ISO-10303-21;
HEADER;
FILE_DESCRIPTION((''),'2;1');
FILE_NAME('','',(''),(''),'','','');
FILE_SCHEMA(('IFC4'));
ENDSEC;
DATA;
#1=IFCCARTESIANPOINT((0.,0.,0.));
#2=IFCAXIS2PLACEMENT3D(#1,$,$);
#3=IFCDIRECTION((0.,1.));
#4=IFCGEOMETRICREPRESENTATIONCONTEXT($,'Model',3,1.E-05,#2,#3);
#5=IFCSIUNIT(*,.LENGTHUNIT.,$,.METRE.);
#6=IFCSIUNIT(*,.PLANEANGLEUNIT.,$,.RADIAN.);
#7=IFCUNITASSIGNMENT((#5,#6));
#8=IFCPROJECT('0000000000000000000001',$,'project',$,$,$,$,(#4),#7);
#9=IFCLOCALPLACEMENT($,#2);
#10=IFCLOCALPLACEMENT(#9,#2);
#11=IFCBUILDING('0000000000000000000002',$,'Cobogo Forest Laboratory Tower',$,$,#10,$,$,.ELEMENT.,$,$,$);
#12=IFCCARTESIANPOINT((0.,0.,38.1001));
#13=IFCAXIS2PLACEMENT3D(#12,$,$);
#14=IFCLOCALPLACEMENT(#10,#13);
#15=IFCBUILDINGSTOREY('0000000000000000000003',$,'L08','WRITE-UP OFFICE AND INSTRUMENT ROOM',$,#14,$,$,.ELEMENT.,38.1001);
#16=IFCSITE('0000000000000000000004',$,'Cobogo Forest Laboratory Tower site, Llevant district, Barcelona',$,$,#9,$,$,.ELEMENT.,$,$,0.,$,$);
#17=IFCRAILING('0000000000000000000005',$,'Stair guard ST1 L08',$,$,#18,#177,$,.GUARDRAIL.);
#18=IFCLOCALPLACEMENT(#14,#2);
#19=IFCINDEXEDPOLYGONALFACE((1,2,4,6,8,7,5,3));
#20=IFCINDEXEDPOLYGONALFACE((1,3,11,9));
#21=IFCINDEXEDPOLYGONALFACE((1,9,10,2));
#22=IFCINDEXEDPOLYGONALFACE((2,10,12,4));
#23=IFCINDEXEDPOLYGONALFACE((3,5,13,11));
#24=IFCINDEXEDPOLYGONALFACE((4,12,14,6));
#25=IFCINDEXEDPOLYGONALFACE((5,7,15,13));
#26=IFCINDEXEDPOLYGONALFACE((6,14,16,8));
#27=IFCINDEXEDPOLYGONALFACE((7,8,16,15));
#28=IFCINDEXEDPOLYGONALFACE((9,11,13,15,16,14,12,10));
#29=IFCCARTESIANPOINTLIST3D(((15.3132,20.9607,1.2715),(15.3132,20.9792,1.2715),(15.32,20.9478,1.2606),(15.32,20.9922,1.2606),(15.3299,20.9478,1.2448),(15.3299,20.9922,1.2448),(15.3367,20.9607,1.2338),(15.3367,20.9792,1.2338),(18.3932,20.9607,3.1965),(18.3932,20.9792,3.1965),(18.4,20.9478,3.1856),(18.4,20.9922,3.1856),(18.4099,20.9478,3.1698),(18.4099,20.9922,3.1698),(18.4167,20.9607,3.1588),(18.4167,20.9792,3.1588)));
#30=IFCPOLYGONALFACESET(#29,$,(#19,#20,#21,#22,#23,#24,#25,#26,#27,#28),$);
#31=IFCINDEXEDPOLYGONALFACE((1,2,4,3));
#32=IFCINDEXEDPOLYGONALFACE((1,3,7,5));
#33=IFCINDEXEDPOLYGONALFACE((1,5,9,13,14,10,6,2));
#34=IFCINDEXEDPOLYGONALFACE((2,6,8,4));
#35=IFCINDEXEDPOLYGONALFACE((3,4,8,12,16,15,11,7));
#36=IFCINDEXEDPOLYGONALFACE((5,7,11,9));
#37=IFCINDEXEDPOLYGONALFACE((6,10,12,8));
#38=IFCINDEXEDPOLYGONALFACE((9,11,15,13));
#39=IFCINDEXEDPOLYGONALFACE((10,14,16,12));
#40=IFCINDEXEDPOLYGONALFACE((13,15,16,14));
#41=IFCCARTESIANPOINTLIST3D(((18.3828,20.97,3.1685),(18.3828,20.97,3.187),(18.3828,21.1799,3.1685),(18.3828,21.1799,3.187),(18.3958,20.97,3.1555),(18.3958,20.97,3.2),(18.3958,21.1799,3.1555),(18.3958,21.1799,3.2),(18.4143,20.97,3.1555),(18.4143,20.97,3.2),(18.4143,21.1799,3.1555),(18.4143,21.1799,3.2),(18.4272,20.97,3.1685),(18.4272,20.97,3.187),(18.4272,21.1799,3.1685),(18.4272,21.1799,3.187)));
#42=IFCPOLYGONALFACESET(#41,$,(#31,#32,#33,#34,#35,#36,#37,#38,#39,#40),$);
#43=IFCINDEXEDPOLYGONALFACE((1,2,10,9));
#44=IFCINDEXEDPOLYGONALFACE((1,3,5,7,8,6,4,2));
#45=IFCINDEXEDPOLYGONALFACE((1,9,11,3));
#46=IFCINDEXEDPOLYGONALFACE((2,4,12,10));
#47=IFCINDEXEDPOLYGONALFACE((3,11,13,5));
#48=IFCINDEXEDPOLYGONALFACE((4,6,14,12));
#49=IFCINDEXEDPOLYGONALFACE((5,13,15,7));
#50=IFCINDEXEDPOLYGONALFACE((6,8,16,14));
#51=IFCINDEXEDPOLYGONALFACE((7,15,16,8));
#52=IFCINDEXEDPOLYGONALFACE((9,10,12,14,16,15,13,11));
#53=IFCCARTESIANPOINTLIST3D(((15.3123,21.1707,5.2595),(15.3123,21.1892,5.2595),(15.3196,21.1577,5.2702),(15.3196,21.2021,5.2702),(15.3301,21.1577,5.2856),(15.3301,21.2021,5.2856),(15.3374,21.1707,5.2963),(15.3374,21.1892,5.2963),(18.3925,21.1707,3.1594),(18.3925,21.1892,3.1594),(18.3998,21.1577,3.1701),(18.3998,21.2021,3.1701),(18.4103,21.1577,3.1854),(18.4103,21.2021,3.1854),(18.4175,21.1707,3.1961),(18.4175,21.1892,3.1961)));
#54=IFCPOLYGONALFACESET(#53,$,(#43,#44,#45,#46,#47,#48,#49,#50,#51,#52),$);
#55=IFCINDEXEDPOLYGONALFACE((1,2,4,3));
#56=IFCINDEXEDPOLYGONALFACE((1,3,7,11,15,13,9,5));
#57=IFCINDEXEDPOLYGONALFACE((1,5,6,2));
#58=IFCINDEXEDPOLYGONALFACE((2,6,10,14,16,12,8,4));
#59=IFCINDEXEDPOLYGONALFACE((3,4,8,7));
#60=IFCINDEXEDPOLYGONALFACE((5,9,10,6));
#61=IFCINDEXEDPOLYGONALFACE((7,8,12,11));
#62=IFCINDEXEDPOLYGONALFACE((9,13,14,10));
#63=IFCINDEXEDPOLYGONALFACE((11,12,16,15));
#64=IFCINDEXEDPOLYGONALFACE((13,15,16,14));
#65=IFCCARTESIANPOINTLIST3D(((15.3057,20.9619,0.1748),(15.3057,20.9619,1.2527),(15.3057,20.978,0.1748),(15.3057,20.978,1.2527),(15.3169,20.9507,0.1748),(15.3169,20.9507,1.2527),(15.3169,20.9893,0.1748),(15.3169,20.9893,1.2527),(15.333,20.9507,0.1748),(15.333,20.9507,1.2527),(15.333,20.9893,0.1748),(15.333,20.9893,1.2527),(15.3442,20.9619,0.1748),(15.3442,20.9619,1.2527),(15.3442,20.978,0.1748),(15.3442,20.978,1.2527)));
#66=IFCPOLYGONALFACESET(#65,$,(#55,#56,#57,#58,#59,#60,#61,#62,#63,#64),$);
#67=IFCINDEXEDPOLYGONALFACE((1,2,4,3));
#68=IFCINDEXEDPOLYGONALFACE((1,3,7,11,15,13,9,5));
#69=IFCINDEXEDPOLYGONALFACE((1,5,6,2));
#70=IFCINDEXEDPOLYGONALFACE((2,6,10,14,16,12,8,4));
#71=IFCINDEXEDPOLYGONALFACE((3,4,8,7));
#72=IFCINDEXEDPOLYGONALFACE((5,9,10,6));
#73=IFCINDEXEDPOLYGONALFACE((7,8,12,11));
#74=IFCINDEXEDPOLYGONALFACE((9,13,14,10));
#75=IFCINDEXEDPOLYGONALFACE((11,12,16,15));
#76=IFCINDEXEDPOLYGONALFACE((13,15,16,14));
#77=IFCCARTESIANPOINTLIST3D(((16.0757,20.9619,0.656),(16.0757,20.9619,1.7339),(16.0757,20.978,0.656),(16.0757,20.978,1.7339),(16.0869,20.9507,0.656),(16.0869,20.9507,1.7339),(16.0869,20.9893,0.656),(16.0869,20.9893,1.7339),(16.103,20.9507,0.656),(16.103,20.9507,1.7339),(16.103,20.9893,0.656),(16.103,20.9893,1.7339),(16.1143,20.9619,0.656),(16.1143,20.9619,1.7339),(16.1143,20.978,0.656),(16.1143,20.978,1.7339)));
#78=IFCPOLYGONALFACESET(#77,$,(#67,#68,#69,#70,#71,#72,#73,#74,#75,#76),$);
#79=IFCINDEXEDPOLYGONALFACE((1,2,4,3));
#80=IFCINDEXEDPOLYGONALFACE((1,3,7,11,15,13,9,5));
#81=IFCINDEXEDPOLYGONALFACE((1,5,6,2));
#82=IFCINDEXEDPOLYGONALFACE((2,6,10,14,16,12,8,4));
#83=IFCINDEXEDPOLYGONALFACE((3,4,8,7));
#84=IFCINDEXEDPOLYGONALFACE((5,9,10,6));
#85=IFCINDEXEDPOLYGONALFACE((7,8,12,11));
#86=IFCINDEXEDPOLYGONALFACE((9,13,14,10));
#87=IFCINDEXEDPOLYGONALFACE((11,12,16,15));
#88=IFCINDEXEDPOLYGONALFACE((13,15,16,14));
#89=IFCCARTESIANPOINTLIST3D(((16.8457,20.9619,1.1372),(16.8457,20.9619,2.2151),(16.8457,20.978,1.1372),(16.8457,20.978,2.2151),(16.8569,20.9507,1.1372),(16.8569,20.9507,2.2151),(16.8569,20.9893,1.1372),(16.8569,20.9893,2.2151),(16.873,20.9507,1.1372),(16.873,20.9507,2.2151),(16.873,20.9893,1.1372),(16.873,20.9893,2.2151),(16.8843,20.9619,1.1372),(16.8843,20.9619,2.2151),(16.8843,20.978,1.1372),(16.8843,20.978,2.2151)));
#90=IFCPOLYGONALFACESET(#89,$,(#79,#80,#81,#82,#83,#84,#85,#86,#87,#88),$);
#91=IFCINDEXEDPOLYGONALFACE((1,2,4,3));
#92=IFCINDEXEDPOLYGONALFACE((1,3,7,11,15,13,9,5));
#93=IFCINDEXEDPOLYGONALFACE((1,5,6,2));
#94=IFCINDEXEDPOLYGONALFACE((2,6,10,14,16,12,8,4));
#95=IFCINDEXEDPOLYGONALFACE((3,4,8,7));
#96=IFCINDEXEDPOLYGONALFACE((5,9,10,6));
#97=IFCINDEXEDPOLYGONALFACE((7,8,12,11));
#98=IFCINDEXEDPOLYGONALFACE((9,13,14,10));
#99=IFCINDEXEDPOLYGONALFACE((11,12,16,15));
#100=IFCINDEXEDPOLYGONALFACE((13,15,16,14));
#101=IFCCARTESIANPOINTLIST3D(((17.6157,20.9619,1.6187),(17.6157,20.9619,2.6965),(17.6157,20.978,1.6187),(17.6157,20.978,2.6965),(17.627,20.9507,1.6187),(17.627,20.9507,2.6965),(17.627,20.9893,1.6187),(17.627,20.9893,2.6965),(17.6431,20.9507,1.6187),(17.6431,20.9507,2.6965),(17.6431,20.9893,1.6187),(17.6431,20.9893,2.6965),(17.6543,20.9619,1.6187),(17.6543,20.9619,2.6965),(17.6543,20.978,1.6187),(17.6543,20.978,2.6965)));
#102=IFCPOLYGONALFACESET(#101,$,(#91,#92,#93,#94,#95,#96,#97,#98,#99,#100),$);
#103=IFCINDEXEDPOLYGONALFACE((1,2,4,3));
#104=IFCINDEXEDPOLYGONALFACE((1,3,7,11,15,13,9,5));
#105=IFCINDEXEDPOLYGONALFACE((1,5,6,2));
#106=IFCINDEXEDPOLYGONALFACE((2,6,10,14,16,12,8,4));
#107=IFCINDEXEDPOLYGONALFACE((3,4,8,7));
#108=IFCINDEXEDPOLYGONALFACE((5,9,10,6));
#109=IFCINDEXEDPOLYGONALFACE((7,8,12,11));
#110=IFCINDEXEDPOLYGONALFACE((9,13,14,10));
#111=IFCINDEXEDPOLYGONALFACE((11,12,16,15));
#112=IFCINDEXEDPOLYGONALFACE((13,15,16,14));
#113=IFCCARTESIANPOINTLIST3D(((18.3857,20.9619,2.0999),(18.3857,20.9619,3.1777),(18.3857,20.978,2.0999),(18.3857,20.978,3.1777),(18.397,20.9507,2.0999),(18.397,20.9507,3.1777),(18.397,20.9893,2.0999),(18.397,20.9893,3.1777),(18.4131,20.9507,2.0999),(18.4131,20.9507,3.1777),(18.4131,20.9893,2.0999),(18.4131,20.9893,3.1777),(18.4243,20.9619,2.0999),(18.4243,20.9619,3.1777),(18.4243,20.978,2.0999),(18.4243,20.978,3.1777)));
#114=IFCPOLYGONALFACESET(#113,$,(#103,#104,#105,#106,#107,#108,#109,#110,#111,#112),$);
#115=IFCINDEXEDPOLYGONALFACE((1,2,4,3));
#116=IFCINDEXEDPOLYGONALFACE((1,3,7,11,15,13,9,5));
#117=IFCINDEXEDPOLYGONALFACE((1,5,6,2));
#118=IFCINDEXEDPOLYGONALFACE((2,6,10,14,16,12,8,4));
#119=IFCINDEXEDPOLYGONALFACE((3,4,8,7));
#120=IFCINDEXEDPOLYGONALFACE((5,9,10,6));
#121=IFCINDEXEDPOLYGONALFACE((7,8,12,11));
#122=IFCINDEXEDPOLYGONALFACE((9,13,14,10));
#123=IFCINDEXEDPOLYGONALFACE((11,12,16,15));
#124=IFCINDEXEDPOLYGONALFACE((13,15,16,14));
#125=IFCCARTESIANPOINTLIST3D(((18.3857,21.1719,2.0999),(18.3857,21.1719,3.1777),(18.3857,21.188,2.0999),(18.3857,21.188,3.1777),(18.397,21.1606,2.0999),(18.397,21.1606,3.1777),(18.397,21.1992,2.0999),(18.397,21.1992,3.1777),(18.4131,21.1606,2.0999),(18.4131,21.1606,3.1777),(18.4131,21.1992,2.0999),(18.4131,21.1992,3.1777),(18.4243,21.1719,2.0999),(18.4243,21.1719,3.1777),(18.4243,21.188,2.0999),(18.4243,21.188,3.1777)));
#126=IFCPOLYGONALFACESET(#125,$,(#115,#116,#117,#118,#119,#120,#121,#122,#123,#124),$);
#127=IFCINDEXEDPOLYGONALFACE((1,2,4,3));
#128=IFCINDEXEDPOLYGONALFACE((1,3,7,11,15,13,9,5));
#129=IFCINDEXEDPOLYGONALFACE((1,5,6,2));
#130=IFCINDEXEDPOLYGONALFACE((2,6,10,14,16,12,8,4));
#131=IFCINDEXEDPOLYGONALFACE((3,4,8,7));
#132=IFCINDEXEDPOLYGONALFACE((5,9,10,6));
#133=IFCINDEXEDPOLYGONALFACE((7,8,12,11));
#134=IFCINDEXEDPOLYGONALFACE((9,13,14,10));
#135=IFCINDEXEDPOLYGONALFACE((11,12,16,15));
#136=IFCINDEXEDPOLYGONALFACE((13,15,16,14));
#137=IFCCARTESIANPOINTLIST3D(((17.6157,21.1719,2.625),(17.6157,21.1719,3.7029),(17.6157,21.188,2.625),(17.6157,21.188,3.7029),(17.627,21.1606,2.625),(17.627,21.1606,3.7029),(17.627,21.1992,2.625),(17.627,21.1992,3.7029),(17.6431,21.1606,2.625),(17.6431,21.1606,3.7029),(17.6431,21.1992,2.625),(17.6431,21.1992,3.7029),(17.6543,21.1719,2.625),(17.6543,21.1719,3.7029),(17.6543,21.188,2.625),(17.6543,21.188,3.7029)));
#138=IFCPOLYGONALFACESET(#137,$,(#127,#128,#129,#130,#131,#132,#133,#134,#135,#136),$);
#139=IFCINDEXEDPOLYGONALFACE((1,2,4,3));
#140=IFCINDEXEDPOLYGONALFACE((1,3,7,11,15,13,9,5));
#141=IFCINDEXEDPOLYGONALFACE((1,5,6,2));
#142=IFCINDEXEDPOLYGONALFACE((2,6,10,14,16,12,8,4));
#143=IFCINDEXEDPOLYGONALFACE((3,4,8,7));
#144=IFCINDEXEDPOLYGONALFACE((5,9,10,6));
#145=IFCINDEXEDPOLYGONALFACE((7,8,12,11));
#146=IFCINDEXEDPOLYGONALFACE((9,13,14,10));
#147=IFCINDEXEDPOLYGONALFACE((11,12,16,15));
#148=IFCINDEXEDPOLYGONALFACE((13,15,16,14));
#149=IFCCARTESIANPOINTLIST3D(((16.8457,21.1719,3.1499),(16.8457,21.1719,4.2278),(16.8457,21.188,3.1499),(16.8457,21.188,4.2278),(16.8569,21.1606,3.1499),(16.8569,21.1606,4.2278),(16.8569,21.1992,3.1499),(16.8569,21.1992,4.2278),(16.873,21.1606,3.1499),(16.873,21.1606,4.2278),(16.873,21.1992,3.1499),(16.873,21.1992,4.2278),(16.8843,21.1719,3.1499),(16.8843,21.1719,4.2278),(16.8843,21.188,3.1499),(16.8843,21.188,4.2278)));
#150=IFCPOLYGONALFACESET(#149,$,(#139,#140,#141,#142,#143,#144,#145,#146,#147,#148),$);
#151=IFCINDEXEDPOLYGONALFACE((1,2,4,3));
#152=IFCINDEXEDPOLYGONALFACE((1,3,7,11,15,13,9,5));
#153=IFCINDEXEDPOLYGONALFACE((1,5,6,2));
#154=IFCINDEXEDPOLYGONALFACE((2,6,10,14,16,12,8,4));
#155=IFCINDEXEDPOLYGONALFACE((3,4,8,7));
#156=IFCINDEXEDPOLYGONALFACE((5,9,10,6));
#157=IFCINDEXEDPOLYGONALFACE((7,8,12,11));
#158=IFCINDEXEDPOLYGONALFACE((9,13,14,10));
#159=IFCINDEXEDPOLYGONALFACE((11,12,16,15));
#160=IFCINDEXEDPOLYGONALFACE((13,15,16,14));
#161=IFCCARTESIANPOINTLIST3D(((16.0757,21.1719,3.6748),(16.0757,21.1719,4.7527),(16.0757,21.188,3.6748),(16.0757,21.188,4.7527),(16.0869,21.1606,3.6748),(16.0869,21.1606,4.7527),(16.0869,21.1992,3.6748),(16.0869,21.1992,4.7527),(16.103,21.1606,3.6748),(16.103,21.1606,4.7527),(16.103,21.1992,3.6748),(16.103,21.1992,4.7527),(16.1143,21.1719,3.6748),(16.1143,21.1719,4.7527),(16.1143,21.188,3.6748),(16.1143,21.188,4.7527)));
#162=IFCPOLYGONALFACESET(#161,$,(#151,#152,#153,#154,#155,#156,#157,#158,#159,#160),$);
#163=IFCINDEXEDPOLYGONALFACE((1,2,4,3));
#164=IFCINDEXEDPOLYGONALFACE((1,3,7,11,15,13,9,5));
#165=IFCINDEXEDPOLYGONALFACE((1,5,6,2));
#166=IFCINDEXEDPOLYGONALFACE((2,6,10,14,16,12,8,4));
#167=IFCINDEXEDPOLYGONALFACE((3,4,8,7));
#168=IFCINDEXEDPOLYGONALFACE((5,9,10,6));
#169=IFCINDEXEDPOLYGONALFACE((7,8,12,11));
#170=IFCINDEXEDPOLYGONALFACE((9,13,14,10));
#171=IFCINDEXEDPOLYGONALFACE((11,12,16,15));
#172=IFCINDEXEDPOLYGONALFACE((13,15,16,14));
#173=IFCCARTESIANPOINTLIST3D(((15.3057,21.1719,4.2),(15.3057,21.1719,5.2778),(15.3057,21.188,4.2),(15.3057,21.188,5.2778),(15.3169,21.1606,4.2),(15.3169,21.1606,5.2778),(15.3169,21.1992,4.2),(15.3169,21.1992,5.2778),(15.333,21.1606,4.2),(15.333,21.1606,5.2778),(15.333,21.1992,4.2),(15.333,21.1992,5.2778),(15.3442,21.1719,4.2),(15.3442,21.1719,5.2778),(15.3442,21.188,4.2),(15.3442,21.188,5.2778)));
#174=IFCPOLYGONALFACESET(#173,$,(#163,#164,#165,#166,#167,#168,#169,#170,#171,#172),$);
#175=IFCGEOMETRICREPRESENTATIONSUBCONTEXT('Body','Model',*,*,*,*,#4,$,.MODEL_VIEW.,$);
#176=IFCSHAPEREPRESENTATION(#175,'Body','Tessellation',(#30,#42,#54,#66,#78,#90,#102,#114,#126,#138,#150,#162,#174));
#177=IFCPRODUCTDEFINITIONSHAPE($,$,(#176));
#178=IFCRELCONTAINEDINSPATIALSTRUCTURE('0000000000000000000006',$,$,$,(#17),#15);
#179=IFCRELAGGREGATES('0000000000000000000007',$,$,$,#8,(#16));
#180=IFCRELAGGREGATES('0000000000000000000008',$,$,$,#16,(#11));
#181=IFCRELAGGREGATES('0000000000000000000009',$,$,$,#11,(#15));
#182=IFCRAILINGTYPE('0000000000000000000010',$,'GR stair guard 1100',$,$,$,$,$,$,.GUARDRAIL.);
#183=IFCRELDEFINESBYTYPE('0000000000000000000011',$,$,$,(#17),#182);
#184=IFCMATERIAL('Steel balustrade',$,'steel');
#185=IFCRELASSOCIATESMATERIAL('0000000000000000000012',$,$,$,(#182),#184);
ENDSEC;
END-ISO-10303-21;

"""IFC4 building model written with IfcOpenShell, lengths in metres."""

from ifc_helpers import new_model, si_unit, direction, frame, origin, place, context, subcontext, project, spatial, polyline, outline, extrude, material, type_object, element, save


model = new_model("IFC4")

# Units and contexts
model_context = context("Model", 3, precision=1e-05, world=origin(), true_north=direction((0.0, 1.0)))
body_context = subcontext(model_context, "Body", "Model", "MODEL_VIEW")
ifc_project = project(units=[si_unit("LENGTHUNIT", "METRE"), si_unit("PLANEANGLEUNIT", "RADIAN")], contexts=[model_context])

# Site, building, storey
site_placement = place(None, origin())
site = spatial("IfcSite", under=ifc_project, at=site_placement, Name="Cobogo Forest Laboratory Tower site, Llevant district, Barcelona", CompositionType="ELEMENT", RefElevation=0.0)
building_placement = place(site_placement, origin())
building = spatial("IfcBuilding", under=site, at=building_placement, Name="Cobogo Forest Laboratory Tower", CompositionType="ELEMENT")
storey_placement = place(building_placement, frame((0.0, 0.0, 38.1001)))
storey = spatial("IfcBuildingStorey", under=building, at=storey_placement, Name="L08", Description="WRITE-UP OFFICE AND INSTRUMENT ROOM", CompositionType="ELEMENT", Elevation=38.1001)

# Railing
ifc_material_1 = material(Name="Steel balustrade", Category="steel")
railing_type_1 = type_object("IfcRailingType", Name="GR stair guard 1100", PredefinedType="GUARDRAIL", material=ifc_material_1)
railing_1_placement = place(storey_placement, frame((15.325, 20.97, 0.1748)))
element("IfcRailing", 1, at=railing_1_placement, inside=storey, type_object=railing_type_1, Name="Stair guard ST1 L08", PredefinedType="GUARDRAIL", context=body_context, shape_type="SweptSolid", body=[
    extrude(outline(polyline([(0.0222, 0.0093), (0.0093, 0.0222), (-0.0093, 0.0222), (-0.0222, 0.0093), (-0.0222, -0.0093), (-0.0093, -0.0222), (0.0093, -0.0222), (0.0222, -0.0093), (0.0222, 0.0093)])), frame((0.0, 0.0, 1.0779), z_axis=(0.847998, 0.0, 0.529999), x_axis=(0.0, 1.0, 0.0)), (0.0, 0.0, 1.0), 3.6321),
    extrude(outline(polyline([(0.0222, 0.0093), (0.0093, 0.0222), (-0.0093, 0.0222), (-0.0222, 0.0093), (-0.0222, -0.0093), (-0.0093, -0.0222), (0.0093, -0.0222), (0.0222, -0.0093), (0.0222, 0.0093)])), frame((3.0801, 0.0, 3.0029), z_axis=(0.0, 1.0, 0.0), x_axis=(-1.0, 0.0, 0.0)), (0.0, 0.0, 1.0), 0.21),
    extrude(outline(polyline([(0.0222, 0.0093), (0.0093, 0.0222), (-0.0093, 0.0222), (-0.0222, 0.0093), (-0.0222, -0.0093), (-0.0093, -0.0222), (0.0093, -0.0222), (0.0222, -0.0093), (0.0222, 0.0093)])), frame((3.0801, 0.21, 3.0029), z_axis=(-0.826222, 0.0, 0.563345), x_axis=(0.0, -1.0, 0.0)), (0.0, 0.0, 1.0), 3.728),
    extrude(outline(polyline([(0.0193, 0.0081), (0.0081, 0.0193), (-0.0081, 0.0193), (-0.0193, 0.0081), (-0.0193, -0.0081), (-0.0081, -0.0193), (0.0081, -0.0193), (0.0193, -0.0081), (0.0193, 0.0081)])), origin(), (0.0, 0.0, 1.0), 1.0779),
    extrude(outline(polyline([(0.0193, 0.0081), (0.0081, 0.0193), (-0.0081, 0.0193), (-0.0193, 0.0081), (-0.0193, -0.0081), (-0.0081, -0.0193), (0.0081, -0.0193), (0.0193, -0.0081), (0.0193, 0.0081)])), frame((0.77, 0.0, 0.4812)), (0.0, 0.0, 1.0), 1.0779),
    extrude(outline(polyline([(0.0193, 0.0081), (0.0081, 0.0193), (-0.0081, 0.0193), (-0.0193, 0.0081), (-0.0193, -0.0081), (-0.0081, -0.0193), (0.0081, -0.0193), (0.0193, -0.0081), (0.0193, 0.0081)])), frame((1.54, 0.0, 0.9624)), (0.0, 0.0, 1.0), 1.0779),
    extrude(outline(polyline([(0.0193, 0.0081), (0.0081, 0.0193), (-0.0081, 0.0193), (-0.0193, 0.0081), (-0.0193, -0.0081), (-0.0081, -0.0193), (0.0081, -0.0193), (0.0193, -0.0081), (0.0193, 0.0081)])), frame((2.3101, 0.0, 1.4438)), (0.0, 0.0, 1.0), 1.0779),
    extrude(outline(polyline([(0.0193, 0.0081), (0.0081, 0.0193), (-0.0081, 0.0193), (-0.0193, 0.0081), (-0.0193, -0.0081), (-0.0081, -0.0193), (0.0081, -0.0193), (0.0193, -0.0081), (0.0193, 0.0081)])), frame((3.0801, 0.0, 1.925)), (0.0, 0.0, 1.0), 1.0779),
    extrude(outline(polyline([(0.0193, 0.0081), (0.0081, 0.0193), (-0.0081, 0.0193), (-0.0193, 0.0081), (-0.0193, -0.0081), (-0.0081, -0.0193), (0.0081, -0.0193), (0.0193, -0.0081), (0.0193, 0.0081)])), frame((3.0801, 0.21, 1.925)), (0.0, 0.0, 1.0), 1.0779),
    extrude(outline(polyline([(0.0193, 0.0081), (0.0081, 0.0193), (-0.0081, 0.0193), (-0.0193, 0.0081), (-0.0193, -0.0081), (-0.0081, -0.0193), (0.0081, -0.0193), (0.0193, -0.0081), (0.0193, 0.0081)])), frame((2.3101, 0.21, 2.4502)), (0.0, 0.0, 1.0), 1.0779),
    extrude(outline(polyline([(0.0193, 0.0081), (0.0081, 0.0193), (-0.0081, 0.0193), (-0.0193, 0.0081), (-0.0193, -0.0081), (-0.0081, -0.0193), (0.0081, -0.0193), (0.0193, -0.0081), (0.0193, 0.0081)])), frame((1.54, 0.21, 2.9751)), (0.0, 0.0, 1.0), 1.0779),
    extrude(outline(polyline([(0.0193, 0.0081), (0.0081, 0.0193), (-0.0081, 0.0193), (-0.0193, 0.0081), (-0.0193, -0.0081), (-0.0081, -0.0193), (0.0081, -0.0193), (0.0193, -0.0081), (0.0193, 0.0081)])), frame((0.77, 0.21, 3.5)), (0.0, 0.0, 1.0), 1.0779),
    extrude(outline(polyline([(0.0193, 0.0081), (0.0081, 0.0193), (-0.0081, 0.0193), (-0.0193, 0.0081), (-0.0193, -0.0081), (-0.0081, -0.0193), (0.0081, -0.0193), (0.0193, -0.0081), (0.0193, 0.0081)])), frame((0.0, 0.21, 4.0251)), (0.0, 0.0, 1.0), 1.0779),
])

save(model, "model.ifc")
